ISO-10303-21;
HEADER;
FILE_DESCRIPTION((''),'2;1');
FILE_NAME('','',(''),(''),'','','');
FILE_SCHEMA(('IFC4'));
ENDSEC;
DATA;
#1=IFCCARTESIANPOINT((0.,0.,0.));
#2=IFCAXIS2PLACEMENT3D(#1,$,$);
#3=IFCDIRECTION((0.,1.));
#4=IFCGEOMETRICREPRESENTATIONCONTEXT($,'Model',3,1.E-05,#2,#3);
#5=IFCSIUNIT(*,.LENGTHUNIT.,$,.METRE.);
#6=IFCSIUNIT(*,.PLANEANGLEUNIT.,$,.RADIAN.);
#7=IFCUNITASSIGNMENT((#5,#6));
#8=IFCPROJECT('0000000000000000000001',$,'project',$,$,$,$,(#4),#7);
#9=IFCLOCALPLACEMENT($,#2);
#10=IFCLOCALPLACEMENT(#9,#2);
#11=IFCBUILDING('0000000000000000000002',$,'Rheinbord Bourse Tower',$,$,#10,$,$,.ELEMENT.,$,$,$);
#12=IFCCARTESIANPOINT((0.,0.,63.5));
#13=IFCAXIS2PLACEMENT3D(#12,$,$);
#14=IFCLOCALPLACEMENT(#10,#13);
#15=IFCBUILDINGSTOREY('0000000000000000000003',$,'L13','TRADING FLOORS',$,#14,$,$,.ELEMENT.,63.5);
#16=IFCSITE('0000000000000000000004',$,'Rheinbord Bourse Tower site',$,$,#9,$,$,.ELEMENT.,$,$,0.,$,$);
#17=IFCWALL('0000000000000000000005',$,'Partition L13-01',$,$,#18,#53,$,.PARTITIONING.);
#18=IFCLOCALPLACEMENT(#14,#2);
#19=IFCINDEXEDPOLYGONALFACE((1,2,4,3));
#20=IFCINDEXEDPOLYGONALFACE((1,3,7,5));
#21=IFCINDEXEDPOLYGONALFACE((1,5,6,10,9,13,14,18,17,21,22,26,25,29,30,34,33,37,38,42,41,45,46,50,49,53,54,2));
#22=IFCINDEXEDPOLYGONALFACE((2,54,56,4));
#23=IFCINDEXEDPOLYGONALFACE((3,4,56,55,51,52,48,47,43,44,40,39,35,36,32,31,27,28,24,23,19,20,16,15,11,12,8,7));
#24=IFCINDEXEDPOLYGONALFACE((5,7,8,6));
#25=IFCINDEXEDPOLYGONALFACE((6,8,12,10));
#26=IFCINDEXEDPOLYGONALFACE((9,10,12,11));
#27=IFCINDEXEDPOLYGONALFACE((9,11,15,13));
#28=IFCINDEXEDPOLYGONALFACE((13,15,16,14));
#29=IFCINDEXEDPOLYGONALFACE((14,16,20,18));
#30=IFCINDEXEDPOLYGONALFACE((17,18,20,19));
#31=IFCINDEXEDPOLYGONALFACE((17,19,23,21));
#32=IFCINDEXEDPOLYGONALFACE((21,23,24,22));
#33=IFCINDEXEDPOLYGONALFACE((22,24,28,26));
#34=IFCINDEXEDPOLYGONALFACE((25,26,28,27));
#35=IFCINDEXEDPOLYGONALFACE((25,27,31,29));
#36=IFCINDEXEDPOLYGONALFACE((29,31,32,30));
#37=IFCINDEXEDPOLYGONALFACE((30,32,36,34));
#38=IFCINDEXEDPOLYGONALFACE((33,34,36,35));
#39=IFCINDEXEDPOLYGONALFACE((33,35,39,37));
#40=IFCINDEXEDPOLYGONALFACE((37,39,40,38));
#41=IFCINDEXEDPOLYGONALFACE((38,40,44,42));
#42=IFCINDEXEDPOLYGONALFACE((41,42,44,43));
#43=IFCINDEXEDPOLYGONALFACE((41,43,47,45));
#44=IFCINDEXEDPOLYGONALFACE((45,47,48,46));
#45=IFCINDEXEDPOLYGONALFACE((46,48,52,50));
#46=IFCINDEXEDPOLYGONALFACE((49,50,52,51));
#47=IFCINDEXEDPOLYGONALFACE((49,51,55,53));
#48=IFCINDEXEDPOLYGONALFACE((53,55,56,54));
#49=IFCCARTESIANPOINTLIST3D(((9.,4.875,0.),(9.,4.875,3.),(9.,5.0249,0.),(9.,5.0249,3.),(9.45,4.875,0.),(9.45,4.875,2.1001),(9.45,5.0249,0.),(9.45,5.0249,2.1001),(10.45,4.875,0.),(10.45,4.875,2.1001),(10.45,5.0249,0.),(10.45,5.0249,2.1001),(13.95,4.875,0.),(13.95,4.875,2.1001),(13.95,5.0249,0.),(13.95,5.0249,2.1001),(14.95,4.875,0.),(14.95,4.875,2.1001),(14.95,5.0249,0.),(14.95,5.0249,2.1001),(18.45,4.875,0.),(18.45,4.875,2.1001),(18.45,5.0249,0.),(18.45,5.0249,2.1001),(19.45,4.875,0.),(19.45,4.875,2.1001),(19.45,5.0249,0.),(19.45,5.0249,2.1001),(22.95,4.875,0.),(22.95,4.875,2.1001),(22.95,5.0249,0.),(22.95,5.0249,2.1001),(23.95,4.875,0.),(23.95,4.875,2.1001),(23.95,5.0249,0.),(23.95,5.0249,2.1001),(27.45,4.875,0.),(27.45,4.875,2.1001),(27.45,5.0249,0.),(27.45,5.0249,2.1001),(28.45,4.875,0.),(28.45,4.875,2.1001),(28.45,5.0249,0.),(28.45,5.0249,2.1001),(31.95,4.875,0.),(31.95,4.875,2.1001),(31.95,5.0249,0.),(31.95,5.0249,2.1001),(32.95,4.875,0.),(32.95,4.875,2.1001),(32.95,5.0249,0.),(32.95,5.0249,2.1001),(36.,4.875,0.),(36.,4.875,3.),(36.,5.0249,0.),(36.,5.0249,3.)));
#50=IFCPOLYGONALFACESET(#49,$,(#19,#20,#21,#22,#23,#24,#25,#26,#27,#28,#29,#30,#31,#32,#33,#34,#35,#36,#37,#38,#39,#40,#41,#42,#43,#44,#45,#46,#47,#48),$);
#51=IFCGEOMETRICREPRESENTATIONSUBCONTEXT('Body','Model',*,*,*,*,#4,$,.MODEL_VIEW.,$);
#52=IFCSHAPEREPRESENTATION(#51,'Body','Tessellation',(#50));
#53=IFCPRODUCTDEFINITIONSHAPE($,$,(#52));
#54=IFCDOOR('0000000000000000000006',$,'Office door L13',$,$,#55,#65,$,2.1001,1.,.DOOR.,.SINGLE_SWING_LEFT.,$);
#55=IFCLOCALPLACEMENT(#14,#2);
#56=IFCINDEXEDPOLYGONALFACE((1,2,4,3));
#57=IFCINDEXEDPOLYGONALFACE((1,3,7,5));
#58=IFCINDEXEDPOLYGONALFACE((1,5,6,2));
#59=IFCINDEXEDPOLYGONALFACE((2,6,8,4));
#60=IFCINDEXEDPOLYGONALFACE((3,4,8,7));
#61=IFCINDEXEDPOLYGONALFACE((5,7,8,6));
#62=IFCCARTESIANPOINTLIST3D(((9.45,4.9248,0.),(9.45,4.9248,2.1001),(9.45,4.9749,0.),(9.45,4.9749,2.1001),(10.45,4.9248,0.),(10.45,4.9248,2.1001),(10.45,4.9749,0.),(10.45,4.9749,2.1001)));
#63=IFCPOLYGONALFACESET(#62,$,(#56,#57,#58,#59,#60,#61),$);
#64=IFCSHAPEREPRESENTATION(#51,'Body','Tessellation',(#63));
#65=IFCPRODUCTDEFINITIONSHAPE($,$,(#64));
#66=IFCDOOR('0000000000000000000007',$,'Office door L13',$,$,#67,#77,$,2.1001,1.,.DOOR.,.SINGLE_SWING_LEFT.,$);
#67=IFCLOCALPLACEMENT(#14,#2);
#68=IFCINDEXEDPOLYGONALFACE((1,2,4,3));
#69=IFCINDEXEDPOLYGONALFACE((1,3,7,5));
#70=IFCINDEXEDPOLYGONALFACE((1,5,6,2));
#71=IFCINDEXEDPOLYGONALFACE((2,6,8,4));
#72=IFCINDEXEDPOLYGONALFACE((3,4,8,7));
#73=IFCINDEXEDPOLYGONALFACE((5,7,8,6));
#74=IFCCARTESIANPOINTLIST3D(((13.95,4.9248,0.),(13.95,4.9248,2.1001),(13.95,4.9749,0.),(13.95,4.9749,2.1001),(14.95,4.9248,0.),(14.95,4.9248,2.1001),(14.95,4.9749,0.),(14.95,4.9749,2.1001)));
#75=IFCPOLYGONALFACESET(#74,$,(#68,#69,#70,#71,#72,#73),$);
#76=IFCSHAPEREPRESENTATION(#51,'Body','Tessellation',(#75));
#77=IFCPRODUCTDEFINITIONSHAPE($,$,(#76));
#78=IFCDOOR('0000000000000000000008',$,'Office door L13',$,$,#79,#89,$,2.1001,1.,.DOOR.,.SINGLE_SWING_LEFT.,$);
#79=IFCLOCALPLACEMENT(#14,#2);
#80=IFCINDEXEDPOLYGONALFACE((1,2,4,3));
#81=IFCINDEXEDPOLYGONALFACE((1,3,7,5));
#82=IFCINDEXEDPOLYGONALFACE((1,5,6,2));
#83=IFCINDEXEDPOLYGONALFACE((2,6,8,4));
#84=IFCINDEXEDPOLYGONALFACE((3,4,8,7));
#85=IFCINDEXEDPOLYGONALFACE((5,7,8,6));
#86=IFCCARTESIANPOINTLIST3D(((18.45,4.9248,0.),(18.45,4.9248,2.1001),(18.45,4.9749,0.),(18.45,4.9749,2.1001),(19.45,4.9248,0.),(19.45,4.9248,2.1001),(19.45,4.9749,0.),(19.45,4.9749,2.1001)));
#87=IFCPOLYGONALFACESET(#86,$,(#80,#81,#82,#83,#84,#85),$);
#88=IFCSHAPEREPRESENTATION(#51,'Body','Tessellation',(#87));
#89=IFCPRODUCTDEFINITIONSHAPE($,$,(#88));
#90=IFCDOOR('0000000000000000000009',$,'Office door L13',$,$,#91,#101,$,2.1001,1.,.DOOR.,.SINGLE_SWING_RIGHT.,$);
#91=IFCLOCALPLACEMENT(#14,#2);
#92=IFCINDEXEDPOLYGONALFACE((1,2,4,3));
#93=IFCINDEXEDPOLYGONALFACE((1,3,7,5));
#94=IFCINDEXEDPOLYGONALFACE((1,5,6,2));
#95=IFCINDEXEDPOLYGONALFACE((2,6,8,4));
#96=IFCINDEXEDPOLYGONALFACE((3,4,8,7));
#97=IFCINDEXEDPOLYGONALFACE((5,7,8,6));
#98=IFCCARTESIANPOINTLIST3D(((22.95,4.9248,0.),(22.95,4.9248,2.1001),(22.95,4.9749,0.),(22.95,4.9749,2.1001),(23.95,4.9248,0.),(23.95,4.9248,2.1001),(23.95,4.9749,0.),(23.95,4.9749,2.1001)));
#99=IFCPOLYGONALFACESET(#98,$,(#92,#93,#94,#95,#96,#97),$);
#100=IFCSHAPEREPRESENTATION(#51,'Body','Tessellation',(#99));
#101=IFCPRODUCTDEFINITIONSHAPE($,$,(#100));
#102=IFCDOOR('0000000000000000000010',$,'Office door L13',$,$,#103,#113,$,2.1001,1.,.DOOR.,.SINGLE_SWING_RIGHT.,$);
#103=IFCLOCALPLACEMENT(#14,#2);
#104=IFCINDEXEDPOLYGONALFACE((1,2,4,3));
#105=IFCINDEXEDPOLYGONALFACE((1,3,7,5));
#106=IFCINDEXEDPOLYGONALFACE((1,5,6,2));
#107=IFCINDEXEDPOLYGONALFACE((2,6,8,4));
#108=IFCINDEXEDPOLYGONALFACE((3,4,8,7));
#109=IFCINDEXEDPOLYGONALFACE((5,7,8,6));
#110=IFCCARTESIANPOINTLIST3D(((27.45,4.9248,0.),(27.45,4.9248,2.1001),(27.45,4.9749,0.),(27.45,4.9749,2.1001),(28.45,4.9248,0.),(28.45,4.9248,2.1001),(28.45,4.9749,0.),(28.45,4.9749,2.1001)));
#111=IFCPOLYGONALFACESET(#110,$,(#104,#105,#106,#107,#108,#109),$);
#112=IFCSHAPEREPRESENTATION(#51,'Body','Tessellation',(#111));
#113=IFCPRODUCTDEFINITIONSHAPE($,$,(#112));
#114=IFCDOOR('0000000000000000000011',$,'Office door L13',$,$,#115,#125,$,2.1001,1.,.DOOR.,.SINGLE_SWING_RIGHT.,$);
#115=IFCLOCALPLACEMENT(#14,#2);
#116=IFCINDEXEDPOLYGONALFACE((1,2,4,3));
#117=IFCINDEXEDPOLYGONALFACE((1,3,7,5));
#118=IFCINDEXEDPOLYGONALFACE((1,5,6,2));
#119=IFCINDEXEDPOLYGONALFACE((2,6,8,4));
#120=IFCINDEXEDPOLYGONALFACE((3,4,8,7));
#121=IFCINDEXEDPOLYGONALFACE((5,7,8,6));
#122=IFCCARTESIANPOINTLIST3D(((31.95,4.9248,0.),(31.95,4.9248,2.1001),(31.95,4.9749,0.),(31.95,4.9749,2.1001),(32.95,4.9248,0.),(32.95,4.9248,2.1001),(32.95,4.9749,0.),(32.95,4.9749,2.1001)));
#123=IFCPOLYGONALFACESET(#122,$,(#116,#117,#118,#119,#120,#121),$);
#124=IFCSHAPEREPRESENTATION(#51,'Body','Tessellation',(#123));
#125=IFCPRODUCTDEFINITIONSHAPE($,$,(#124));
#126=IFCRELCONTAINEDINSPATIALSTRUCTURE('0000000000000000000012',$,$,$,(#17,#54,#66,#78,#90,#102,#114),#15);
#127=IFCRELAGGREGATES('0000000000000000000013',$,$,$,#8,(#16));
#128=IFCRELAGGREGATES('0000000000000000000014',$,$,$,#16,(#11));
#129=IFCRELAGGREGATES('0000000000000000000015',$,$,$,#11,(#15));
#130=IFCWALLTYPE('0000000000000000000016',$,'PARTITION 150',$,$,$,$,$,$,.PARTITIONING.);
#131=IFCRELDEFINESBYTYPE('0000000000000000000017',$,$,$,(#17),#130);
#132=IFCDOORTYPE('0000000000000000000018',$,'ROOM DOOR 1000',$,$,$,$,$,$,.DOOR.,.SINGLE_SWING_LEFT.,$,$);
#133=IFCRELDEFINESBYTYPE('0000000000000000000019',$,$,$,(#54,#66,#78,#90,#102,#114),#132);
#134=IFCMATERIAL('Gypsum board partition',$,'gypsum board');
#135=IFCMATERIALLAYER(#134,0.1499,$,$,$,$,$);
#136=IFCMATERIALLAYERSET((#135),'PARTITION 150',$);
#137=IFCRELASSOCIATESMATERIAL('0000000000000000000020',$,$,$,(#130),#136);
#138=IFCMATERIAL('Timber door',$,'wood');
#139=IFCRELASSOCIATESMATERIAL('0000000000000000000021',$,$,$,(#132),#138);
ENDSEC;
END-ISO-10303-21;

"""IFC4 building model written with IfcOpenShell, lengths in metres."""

from ifc_helpers import new_model, si_unit, direction, frame, frame_2d, origin, place, context, subcontext, project, spatial, rectangle, extrude, material, layer, layer_set, type_object, element, fill, save


model = new_model("IFC4")

# Units and contexts
model_context = context("Model", 3, precision=1e-05, world=origin(), true_north=direction((0.0, 1.0)))
body_context = subcontext(model_context, "Body", "Model", "MODEL_VIEW")
ifc_project = project(units=[si_unit("LENGTHUNIT", "METRE"), si_unit("PLANEANGLEUNIT", "RADIAN")], contexts=[model_context])

# Site, building, storey
site_placement = place(None, origin())
site = spatial("IfcSite", under=ifc_project, at=site_placement, Name="Rheinbord Bourse Tower site", CompositionType="ELEMENT", RefElevation=0.0)
building_placement = place(site_placement, origin())
building = spatial("IfcBuilding", under=site, at=building_placement, Name="Rheinbord Bourse Tower", CompositionType="ELEMENT")
storey_placement = place(building_placement, frame((0.0, 0.0, 63.5)))
storey = spatial("IfcBuildingStorey", under=building, at=storey_placement, Name="L13", Description="TRADING FLOORS", CompositionType="ELEMENT", Elevation=63.5)

# Wall, openings, doors
ifc_material_1 = material(Name="Gypsum board partition", Category="gypsum board")
ifc_layer_1 = layer(ifc_material_1, 0.1499)
ifc_layer_set_1 = layer_set([ifc_layer_1], Name="PARTITION 150")
wall_type = type_object("IfcWallType", Name="PARTITION 150", PredefinedType="PARTITIONING", material=ifc_layer_set_1)
wall_placement = place(storey_placement, frame((9.0, 4.95, 0.0), z_axis=(0.0, 0.0, 1.0), x_axis=(1.0, 0.0, 0.0)))
wall = element("IfcWall", 1, at=wall_placement, inside=storey, type_object=wall_type, Name="Partition L13-01", PredefinedType="PARTITIONING", context=body_context, shape_type="SweptSolid", body=[
    extrude(rectangle(XDim=27.0, YDim=0.1499, at=frame_2d((13.5, 0.0))), origin(), (0.0, 0.0, 1.0), 3.0),
])
opening_1_placement = place(wall_placement, frame((0.45, 0.0, 0.0)))
opening_1 = element("IfcOpeningElement", 2, at=opening_1_placement, cuts=wall, PredefinedType="OPENING", context=body_context, shape_type="SweptSolid", body=[
    extrude(rectangle(XDim=1.0, YDim=2.1001, at=frame_2d((0.5, 1.05))), frame((0.0, 0.085, 0.0), z_axis=(0.0, -1.0, 0.0), x_axis=(1.0, 0.0, 0.0)), (0.0, 0.0, 1.0), 0.1699),
])
opening_2_placement = place(wall_placement, frame((4.95, 0.0, 0.0)))
opening_2 = element("IfcOpeningElement", 3, at=opening_2_placement, cuts=wall, PredefinedType="OPENING", context=body_context, shape_type="SweptSolid", body=[
    extrude(rectangle(XDim=1.0, YDim=2.1001, at=frame_2d((0.5, 1.05))), frame((0.0, 0.085, 0.0), z_axis=(0.0, -1.0, 0.0), x_axis=(1.0, 0.0, 0.0)), (0.0, 0.0, 1.0), 0.1699),
])
opening_3_placement = place(wall_placement, frame((9.45, 0.0, 0.0)))
opening_3 = element("IfcOpeningElement", 4, at=opening_3_placement, cuts=wall, PredefinedType="OPENING", context=body_context, shape_type="SweptSolid", body=[
    extrude(rectangle(XDim=1.0, YDim=2.1001, at=frame_2d((0.5, 1.05))), frame((0.0, 0.085, 0.0), z_axis=(0.0, -1.0, 0.0), x_axis=(1.0, 0.0, 0.0)), (0.0, 0.0, 1.0), 0.1699),
])
opening_4_placement = place(wall_placement, frame((13.95, 0.0, 0.0)))
opening_4 = element("IfcOpeningElement", 5, at=opening_4_placement, cuts=wall, PredefinedType="OPENING", context=body_context, shape_type="SweptSolid", body=[
    extrude(rectangle(XDim=1.0, YDim=2.1001, at=frame_2d((0.5, 1.05))), frame((0.0, 0.085, 0.0), z_axis=(0.0, -1.0, 0.0), x_axis=(1.0, 0.0, 0.0)), (0.0, 0.0, 1.0), 0.1699),
])
opening_5_placement = place(wall_placement, frame((18.45, 0.0, 0.0)))
opening_5 = element("IfcOpeningElement", 6, at=opening_5_placement, cuts=wall, PredefinedType="OPENING", context=body_context, shape_type="SweptSolid", body=[
    extrude(rectangle(XDim=1.0, YDim=2.1001, at=frame_2d((0.5, 1.05))), frame((0.0, 0.085, 0.0), z_axis=(0.0, -1.0, 0.0), x_axis=(1.0, 0.0, 0.0)), (0.0, 0.0, 1.0), 0.1699),
])
opening_6_placement = place(wall_placement, frame((22.95, 0.0, 0.0)))
opening_6 = element("IfcOpeningElement", 7, at=opening_6_placement, cuts=wall, PredefinedType="OPENING", context=body_context, shape_type="SweptSolid", body=[
    extrude(rectangle(XDim=1.0, YDim=2.1001, at=frame_2d((0.5, 1.05))), frame((0.0, 0.085, 0.0), z_axis=(0.0, -1.0, 0.0), x_axis=(1.0, 0.0, 0.0)), (0.0, 0.0, 1.0), 0.1699),
])
ifc_material_2 = material(Name="Timber door", Category="wood")
door_type = type_object("IfcDoorType", Name="ROOM DOOR 1000", OperationType="SINGLE_SWING_LEFT", PredefinedType="DOOR", material=ifc_material_2)
door_1_placement = place(opening_1_placement, origin())
door_1 = element("IfcDoor", 8, at=door_1_placement, inside=storey, type_object=door_type, Name="Office door L13", OperationType="SINGLE_SWING_LEFT", OverallHeight=2.1001, OverallWidth=1.0, PredefinedType="DOOR", context=body_context, shape_type="SweptSolid", body=[
    extrude(rectangle(XDim=1.0, YDim=2.1001, at=frame_2d((0.5, 1.05))), frame((0.0, 0.0249, 0.0), z_axis=(0.0, -1.0, 0.0), x_axis=(1.0, 0.0, 0.0)), (0.0, 0.0, 1.0), 0.05),
])
fill(opening_1, door_1)
door_2_placement = place(opening_2_placement, origin())
door_2 = element("IfcDoor", 9, at=door_2_placement, inside=storey, type_object=door_type, Name="Office door L13", OperationType="SINGLE_SWING_LEFT", OverallHeight=2.1001, OverallWidth=1.0, PredefinedType="DOOR", context=body_context, shape_type="SweptSolid", body=[
    extrude(rectangle(XDim=1.0, YDim=2.1001, at=frame_2d((0.5, 1.05))), frame((0.0, 0.0249, 0.0), z_axis=(0.0, -1.0, 0.0), x_axis=(1.0, 0.0, 0.0)), (0.0, 0.0, 1.0), 0.05),
])
fill(opening_2, door_2)
door_3_placement = place(opening_3_placement, origin())
door_3 = element("IfcDoor", 10, at=door_3_placement, inside=storey, type_object=door_type, Name="Office door L13", OperationType="SINGLE_SWING_LEFT", OverallHeight=2.1001, OverallWidth=1.0, PredefinedType="DOOR", context=body_context, shape_type="SweptSolid", body=[
    extrude(rectangle(XDim=1.0, YDim=2.1001, at=frame_2d((0.5, 1.05))), frame((0.0, 0.0249, 0.0), z_axis=(0.0, -1.0, 0.0), x_axis=(1.0, 0.0, 0.0)), (0.0, 0.0, 1.0), 0.05),
])
fill(opening_3, door_3)
door_4_placement = place(opening_4_placement, origin())
door_4 = element("IfcDoor", 11, at=door_4_placement, inside=storey, type_object=door_type, Name="Office door L13", OperationType="SINGLE_SWING_RIGHT", OverallHeight=2.1001, OverallWidth=1.0, PredefinedType="DOOR", context=body_context, shape_type="SweptSolid", body=[
    extrude(rectangle(XDim=1.0, YDim=2.1001, at=frame_2d((0.5, 1.05))), frame((0.0, 0.0249, 0.0), z_axis=(0.0, -1.0, 0.0), x_axis=(1.0, 0.0, 0.0)), (0.0, 0.0, 1.0), 0.05),
])
fill(opening_4, door_4)
door_5_placement = place(opening_5_placement, origin())
door_5 = element("IfcDoor", 12, at=door_5_placement, inside=storey, type_object=door_type, Name="Office door L13", OperationType="SINGLE_SWING_RIGHT", OverallHeight=2.1001, OverallWidth=1.0, PredefinedType="DOOR", context=body_context, shape_type="SweptSolid", body=[
    extrude(rectangle(XDim=1.0, YDim=2.1001, at=frame_2d((0.5, 1.05))), frame((0.0, 0.0249, 0.0), z_axis=(0.0, -1.0, 0.0), x_axis=(1.0, 0.0, 0.0)), (0.0, 0.0, 1.0), 0.05),
])
fill(opening_5, door_5)
door_6_placement = place(opening_6_placement, origin())
door_6 = element("IfcDoor", 13, at=door_6_placement, inside=storey, type_object=door_type, Name="Office door L13", OperationType="SINGLE_SWING_RIGHT", OverallHeight=2.1001, OverallWidth=1.0, PredefinedType="DOOR", context=body_context, shape_type="SweptSolid", body=[
    extrude(rectangle(XDim=1.0, YDim=2.1001, at=frame_2d((0.5, 1.05))), frame((0.0, 0.0249, 0.0), z_axis=(0.0, -1.0, 0.0), x_axis=(1.0, 0.0, 0.0)), (0.0, 0.0, 1.0), 0.05),
])
fill(opening_6, door_6)

save(model, "model.ifc")
